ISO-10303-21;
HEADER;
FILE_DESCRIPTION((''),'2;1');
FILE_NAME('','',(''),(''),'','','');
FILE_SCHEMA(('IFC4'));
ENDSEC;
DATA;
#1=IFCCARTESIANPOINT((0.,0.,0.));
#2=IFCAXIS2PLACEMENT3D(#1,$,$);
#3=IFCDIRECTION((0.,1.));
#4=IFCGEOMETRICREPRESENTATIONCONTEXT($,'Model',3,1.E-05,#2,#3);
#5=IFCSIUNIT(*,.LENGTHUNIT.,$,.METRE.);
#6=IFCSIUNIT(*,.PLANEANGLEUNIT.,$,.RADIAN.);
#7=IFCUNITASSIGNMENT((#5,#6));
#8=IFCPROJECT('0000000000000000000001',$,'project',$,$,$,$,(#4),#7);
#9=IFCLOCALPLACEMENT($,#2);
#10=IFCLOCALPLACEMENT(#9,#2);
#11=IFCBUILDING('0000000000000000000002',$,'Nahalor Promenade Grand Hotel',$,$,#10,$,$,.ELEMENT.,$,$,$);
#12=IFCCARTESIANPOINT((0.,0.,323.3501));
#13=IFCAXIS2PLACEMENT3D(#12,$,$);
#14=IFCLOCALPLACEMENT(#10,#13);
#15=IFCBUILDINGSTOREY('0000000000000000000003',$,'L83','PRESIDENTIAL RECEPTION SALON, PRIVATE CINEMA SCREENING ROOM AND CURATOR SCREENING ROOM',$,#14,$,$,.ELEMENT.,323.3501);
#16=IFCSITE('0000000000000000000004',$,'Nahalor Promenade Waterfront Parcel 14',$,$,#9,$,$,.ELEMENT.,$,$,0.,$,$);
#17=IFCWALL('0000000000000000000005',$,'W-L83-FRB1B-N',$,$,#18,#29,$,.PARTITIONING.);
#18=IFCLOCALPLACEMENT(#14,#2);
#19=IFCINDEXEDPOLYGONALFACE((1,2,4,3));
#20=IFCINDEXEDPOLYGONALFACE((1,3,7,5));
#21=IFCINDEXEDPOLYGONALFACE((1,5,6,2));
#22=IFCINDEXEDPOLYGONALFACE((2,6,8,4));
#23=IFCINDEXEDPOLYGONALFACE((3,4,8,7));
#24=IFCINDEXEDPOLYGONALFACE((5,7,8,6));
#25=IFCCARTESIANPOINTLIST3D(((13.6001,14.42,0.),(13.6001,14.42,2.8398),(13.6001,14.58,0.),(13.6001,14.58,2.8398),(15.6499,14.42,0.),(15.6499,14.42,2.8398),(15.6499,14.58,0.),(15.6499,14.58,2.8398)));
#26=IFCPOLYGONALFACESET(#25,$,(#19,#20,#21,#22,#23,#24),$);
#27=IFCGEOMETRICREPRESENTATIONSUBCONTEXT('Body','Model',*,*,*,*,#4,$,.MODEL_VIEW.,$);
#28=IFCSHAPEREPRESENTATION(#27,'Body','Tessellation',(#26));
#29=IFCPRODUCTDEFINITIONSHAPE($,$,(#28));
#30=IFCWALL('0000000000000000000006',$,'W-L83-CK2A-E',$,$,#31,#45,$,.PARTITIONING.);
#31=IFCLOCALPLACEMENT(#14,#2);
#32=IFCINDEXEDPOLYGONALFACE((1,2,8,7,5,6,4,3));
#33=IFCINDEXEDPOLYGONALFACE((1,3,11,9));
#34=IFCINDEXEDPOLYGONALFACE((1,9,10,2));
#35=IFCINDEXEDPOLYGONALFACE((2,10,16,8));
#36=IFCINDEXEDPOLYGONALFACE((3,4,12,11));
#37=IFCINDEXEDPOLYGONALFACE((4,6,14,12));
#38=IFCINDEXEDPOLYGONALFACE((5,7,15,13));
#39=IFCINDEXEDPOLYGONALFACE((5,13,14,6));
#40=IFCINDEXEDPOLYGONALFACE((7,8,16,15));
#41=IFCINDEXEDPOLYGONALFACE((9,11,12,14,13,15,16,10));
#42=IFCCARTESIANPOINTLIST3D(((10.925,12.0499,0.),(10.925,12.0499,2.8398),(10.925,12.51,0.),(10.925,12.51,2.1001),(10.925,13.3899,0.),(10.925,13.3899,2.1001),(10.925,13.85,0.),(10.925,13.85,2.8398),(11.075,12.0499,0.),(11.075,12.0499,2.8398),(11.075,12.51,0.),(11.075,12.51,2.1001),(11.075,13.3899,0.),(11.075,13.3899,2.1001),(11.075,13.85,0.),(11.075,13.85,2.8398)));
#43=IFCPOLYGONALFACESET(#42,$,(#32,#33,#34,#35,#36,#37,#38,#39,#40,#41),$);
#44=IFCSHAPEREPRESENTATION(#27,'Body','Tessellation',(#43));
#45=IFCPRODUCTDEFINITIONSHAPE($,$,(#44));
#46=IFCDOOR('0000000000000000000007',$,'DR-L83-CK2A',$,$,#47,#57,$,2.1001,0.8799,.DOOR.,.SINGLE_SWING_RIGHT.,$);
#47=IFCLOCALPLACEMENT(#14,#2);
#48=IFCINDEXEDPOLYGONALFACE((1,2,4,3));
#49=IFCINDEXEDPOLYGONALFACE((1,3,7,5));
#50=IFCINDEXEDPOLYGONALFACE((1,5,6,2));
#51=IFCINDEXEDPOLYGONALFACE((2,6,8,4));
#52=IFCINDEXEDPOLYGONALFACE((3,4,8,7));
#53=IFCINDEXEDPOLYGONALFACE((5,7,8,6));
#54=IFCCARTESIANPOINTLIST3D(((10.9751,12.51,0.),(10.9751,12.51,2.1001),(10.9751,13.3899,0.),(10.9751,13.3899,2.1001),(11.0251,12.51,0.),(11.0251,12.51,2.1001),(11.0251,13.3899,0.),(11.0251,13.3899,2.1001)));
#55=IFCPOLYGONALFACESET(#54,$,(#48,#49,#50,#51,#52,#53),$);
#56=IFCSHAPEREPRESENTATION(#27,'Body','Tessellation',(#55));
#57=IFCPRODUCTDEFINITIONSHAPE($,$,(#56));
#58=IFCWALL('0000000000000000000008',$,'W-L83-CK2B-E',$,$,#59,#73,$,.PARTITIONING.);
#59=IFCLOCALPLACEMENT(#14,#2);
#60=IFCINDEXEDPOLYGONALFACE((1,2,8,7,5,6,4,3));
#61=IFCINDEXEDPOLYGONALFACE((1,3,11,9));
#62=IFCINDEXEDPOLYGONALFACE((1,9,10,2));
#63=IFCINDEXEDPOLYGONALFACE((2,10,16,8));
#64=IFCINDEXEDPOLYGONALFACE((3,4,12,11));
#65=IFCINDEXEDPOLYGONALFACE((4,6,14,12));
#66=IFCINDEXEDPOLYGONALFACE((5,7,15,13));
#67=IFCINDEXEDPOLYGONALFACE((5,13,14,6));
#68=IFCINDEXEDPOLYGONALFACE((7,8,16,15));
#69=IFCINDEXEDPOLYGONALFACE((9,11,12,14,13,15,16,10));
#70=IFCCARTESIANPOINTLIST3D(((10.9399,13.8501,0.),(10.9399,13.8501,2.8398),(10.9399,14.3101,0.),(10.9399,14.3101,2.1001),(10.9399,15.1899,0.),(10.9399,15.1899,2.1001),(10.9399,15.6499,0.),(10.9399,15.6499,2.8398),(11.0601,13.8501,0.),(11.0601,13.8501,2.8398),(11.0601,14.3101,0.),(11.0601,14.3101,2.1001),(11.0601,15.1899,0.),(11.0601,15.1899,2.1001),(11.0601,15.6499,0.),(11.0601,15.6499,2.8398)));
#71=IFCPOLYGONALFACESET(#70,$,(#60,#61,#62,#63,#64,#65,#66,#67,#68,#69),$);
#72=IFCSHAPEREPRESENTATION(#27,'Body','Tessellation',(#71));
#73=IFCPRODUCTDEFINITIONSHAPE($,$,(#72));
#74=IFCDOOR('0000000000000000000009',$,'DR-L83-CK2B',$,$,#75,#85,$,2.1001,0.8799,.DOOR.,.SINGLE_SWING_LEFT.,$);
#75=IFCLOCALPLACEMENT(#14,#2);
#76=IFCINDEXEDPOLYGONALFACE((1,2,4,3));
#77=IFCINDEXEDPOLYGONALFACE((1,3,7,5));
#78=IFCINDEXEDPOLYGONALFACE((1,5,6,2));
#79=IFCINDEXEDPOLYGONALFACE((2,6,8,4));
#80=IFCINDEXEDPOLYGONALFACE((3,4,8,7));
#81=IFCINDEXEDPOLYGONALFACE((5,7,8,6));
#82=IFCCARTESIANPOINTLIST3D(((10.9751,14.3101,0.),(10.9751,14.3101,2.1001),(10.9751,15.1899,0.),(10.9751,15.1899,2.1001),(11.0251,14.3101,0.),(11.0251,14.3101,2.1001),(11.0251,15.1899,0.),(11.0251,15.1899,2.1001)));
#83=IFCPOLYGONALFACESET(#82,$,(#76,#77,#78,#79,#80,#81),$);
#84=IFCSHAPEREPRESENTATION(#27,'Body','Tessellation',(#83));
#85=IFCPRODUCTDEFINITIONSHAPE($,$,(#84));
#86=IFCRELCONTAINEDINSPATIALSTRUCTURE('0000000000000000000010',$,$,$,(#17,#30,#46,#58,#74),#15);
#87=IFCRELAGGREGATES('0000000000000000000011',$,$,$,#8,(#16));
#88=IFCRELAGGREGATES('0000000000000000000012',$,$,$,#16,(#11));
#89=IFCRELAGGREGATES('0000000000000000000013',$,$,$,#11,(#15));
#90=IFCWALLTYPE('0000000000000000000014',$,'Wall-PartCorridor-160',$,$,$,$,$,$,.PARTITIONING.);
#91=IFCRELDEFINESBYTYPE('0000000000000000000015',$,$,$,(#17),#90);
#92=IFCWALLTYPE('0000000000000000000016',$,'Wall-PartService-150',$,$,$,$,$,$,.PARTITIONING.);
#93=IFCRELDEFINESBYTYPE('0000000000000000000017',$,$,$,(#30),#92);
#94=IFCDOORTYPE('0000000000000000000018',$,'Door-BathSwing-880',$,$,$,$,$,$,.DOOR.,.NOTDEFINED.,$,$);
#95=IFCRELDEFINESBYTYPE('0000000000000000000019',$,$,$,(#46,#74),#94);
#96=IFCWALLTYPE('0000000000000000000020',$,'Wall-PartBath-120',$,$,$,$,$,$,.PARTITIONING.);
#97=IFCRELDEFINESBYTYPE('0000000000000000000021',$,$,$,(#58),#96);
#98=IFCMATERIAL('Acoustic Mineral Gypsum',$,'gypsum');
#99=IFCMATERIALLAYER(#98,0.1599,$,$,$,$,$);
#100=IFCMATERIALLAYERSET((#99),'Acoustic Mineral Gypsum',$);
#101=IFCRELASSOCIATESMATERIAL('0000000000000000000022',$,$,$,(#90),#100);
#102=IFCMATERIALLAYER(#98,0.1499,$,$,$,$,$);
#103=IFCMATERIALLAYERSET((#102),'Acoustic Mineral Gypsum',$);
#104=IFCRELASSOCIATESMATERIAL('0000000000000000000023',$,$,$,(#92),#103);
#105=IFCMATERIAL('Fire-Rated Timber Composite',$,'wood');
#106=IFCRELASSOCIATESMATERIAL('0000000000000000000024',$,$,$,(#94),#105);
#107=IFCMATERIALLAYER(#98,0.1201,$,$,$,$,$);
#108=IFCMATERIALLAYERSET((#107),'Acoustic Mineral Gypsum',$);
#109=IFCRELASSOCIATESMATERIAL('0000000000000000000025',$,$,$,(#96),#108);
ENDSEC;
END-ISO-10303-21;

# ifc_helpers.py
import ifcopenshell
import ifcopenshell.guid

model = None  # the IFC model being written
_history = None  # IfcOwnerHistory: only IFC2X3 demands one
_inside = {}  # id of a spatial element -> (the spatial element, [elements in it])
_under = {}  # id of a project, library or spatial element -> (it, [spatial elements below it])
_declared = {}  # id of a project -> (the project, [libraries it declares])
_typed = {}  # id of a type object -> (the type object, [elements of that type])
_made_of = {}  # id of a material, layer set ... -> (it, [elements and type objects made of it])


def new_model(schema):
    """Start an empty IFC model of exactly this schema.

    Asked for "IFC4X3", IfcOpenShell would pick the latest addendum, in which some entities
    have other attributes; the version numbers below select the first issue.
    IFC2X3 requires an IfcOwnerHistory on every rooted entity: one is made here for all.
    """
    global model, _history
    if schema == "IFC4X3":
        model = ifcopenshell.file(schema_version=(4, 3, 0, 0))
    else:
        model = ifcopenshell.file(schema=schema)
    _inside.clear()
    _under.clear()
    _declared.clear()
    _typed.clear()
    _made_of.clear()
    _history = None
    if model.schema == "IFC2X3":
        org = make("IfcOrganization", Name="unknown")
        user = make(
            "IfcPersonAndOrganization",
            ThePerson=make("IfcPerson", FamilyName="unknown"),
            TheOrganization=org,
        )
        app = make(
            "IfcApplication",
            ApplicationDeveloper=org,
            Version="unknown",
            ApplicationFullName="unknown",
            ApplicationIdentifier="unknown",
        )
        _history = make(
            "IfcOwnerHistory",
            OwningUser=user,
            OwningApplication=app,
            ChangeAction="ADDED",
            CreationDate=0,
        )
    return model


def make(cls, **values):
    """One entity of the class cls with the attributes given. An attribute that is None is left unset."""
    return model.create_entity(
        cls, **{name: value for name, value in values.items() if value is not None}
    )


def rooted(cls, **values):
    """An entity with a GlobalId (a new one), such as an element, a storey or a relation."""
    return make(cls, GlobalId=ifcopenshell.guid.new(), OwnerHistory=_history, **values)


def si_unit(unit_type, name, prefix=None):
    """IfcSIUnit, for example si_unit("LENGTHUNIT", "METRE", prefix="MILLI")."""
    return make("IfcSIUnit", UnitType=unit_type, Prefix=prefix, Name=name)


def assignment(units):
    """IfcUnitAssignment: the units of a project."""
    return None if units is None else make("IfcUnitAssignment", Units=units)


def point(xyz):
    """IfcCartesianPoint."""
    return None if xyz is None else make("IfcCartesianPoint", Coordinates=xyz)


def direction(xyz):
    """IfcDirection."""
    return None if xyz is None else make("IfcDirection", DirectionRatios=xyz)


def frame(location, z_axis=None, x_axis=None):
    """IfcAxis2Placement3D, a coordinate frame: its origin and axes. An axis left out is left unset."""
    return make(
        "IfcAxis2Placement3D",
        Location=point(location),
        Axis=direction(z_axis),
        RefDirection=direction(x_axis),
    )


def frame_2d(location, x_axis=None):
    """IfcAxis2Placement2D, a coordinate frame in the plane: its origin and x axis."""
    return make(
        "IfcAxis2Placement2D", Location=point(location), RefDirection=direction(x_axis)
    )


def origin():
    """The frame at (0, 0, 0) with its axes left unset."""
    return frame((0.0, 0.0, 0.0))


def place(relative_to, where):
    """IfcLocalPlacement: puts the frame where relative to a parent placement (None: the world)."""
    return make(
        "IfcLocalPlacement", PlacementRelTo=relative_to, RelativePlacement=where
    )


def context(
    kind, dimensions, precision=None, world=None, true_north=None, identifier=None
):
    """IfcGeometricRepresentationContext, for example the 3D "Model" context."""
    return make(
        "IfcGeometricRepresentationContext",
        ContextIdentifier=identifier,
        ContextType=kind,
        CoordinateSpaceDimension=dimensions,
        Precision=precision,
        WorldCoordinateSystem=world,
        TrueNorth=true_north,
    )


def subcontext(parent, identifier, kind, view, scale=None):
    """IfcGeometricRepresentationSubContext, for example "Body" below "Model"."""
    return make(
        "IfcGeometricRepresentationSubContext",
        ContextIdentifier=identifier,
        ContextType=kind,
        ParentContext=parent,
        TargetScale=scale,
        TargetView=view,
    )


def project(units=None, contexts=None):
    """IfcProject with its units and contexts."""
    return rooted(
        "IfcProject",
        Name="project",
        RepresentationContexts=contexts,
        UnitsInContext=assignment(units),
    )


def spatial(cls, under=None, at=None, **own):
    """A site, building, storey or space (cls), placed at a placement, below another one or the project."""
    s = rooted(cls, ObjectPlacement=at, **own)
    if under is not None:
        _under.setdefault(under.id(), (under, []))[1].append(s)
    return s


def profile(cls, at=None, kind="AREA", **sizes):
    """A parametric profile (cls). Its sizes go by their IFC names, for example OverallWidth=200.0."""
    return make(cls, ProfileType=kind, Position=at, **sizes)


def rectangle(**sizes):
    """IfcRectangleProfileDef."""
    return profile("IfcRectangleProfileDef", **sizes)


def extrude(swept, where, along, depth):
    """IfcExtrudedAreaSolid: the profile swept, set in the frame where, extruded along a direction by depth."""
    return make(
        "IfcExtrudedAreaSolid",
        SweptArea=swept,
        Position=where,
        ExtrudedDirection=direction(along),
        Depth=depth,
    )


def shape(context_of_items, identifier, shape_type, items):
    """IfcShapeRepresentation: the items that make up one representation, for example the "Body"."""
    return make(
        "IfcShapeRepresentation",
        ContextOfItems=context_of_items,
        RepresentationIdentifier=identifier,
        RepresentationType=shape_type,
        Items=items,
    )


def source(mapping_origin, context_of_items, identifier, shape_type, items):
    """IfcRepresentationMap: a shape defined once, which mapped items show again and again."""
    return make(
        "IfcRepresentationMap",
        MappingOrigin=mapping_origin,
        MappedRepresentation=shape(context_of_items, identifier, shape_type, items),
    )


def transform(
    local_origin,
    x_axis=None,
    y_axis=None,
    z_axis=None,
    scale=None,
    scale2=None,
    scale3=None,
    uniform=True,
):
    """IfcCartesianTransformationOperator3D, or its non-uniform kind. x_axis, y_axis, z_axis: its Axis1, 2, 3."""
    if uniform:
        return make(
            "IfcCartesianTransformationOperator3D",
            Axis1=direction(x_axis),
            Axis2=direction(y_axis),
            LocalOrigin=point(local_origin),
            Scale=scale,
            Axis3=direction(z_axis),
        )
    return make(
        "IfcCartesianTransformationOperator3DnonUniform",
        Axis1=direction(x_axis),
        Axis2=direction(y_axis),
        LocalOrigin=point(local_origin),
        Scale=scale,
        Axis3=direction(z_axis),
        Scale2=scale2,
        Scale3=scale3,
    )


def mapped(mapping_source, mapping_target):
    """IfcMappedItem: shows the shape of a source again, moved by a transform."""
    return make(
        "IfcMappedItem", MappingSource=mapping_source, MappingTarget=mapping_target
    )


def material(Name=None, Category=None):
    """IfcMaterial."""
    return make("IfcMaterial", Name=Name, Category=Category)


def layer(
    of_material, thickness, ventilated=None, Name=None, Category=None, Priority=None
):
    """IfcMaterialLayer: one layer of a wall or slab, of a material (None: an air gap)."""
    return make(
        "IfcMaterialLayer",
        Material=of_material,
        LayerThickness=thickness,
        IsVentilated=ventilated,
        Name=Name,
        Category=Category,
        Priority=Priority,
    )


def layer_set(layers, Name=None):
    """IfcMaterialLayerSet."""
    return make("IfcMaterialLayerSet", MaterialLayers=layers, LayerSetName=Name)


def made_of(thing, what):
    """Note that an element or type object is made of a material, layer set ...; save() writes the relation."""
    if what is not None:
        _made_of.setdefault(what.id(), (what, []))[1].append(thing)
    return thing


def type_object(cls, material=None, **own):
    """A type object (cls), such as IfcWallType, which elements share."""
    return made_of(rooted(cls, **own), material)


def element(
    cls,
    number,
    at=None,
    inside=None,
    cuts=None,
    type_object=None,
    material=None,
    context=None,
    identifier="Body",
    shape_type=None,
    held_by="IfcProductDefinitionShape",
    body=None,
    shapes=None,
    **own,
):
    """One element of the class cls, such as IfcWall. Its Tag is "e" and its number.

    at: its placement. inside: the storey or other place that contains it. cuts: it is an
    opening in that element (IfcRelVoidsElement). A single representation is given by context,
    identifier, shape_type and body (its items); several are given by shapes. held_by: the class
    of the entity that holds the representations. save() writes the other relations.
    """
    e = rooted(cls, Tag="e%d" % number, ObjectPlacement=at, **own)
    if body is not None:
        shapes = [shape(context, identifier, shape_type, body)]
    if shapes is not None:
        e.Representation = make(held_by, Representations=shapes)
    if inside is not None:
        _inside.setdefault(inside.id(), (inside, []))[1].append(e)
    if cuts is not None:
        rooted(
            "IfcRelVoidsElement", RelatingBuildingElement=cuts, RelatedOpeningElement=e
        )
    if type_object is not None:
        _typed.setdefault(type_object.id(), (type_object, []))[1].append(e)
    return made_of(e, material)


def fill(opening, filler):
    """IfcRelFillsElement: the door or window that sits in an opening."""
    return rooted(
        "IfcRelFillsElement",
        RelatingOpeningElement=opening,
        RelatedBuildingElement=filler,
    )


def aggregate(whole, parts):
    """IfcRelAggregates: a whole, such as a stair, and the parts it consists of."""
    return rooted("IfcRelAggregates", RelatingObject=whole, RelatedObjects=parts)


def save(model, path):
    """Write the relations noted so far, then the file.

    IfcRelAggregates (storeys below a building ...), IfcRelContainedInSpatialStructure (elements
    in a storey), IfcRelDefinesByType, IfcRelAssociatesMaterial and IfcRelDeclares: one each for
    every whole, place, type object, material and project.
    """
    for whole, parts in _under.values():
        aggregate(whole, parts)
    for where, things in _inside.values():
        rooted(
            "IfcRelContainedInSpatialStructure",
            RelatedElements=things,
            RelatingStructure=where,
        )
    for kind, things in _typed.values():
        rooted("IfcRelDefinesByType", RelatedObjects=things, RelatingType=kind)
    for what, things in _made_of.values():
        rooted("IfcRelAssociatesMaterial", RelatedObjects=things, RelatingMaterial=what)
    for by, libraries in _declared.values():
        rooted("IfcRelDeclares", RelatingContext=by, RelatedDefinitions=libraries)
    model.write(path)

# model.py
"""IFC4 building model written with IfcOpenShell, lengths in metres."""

from ifc_helpers import new_model, si_unit, direction, frame, frame_2d, origin, place, context, subcontext, project, spatial, rectangle, extrude, source, transform, mapped, material, layer, layer_set, type_object, element, fill, save


model = new_model("IFC4")

# Units and contexts
model_context = context("Model", 3, precision=1e-05, world=origin(), true_north=direction((0.0, 1.0)))
body_context = subcontext(model_context, "Body", "Model", "MODEL_VIEW")
ifc_project = project(units=[si_unit("LENGTHUNIT", "METRE"), si_unit("PLANEANGLEUNIT", "RADIAN")], contexts=[model_context])

# Site, building, storey
site_placement = place(None, origin())
site = spatial("IfcSite", under=ifc_project, at=site_placement, Name="Nahalor Promenade Waterfront Parcel 14", CompositionType="ELEMENT", RefElevation=0.0)
building_placement = place(site_placement, origin())
building = spatial("IfcBuilding", under=site, at=building_placement, Name="Nahalor Promenade Grand Hotel", CompositionType="ELEMENT")
storey_placement = place(building_placement, frame((0.0, 0.0, 323.3501)))
storey = spatial("IfcBuildingStorey", under=building, at=storey_placement, Name="L83", Description="PRESIDENTIAL RECEPTION SALON, PRIVATE CINEMA SCREENING ROOM AND CURATOR SCREENING ROOM", CompositionType="ELEMENT", Elevation=323.3501)

# Wall
ifc_material_1 = material(Name="Acoustic Mineral Gypsum", Category="gypsum")
ifc_layer_1 = layer(ifc_material_1, 0.1599)
ifc_layer_set_1 = layer_set([ifc_layer_1], Name="Acoustic Mineral Gypsum")
wall_type_1 = type_object("IfcWallType", Name="Wall-PartCorridor-160", PredefinedType="PARTITIONING", material=ifc_layer_set_1)
shared_shape_1 = source(origin(), body_context, "Body", "SweptSolid", [
    extrude(rectangle(XDim=2.0498, YDim=0.1599, at=frame_2d((1.0249, 0.0))), origin(), (0.0, 0.0, 1.0), 2.8398),
])
wall_1_placement = place(storey_placement, frame((13.6001, 14.5, 0.0), z_axis=(0.0, 0.0, 1.0), x_axis=(1.0, 0.0, 0.0)))
element("IfcWall", 1, at=wall_1_placement, inside=storey, type_object=wall_type_1, Name="W-L83-FRB1B-N", PredefinedType="PARTITIONING", context=body_context, shape_type="MappedRepresentation", body=[
    mapped(shared_shape_1, transform((0.0, 0.0, 0.0), scale=1.0)),
])

# Walls, openings, doors
ifc_layer_2 = layer(ifc_material_1, 0.1499)
ifc_layer_set_2 = layer_set([ifc_layer_2], Name="Acoustic Mineral Gypsum")
wall_type_2 = type_object("IfcWallType", Name="Wall-PartService-150", PredefinedType="PARTITIONING", material=ifc_layer_set_2)
shared_shape_2 = source(origin(), body_context, "Body", "SweptSolid", [
    extrude(rectangle(XDim=1.8, YDim=0.1499, at=frame_2d((0.8999, 0.0))), origin(), (0.0, 0.0, 1.0), 2.8398),
])
wall_2_placement = place(storey_placement, frame((11.0, 12.05, 0.0), z_axis=(0.0, 0.0, 1.0), x_axis=(0.0, 1.0, 0.0)))
wall_2 = element("IfcWall", 2, at=wall_2_placement, inside=storey, type_object=wall_type_2, Name="W-L83-CK2A-E", PredefinedType="PARTITIONING", context=body_context, shape_type="MappedRepresentation", body=[
    mapped(shared_shape_2, transform((0.0, 0.0, 0.0), scale=1.0)),
])
opening_1_placement = place(wall_2_placement, frame((0.46, 0.0, 0.0)))
opening_1 = element("IfcOpeningElement", 3, at=opening_1_placement, cuts=wall_2, PredefinedType="OPENING", context=body_context, shape_type="SweptSolid", body=[
    extrude(rectangle(XDim=0.8799, YDim=2.1001, at=frame_2d((0.4399, 1.05))), frame((0.0, 0.085, 0.0), z_axis=(0.0, -1.0, 0.0), x_axis=(1.0, 0.0, 0.0)), (0.0, 0.0, 1.0), 0.1699),
])
ifc_material_2 = material(Name="Fire-Rated Timber Composite", Category="wood")
door_type_1 = type_object("IfcDoorType", Name="Door-BathSwing-880", OperationType="NOTDEFINED", PredefinedType="DOOR", material=ifc_material_2)
shared_shape_3 = source(origin(), body_context, "Body", "SweptSolid", [
    extrude(rectangle(XDim=0.8799, YDim=2.1001, at=frame_2d((0.4399, 1.05))), frame((0.0, 0.0249, 0.0), z_axis=(0.0, -1.0, 0.0), x_axis=(1.0, 0.0, 0.0)), (0.0, 0.0, 1.0), 0.05),
])
door_1_placement = place(opening_1_placement, origin())
door_1 = element("IfcDoor", 4, at=door_1_placement, inside=storey, type_object=door_type_1, Name="DR-L83-CK2A", OperationType="SINGLE_SWING_RIGHT", OverallHeight=2.1001, OverallWidth=0.8799, PredefinedType="DOOR", context=body_context, shape_type="MappedRepresentation", body=[
    mapped(shared_shape_3, transform((0.0, 0.0, 0.0), scale=1.0)),
])
fill(opening_1, door_1)
ifc_layer_3 = layer(ifc_material_1, 0.1201)
ifc_layer_set_3 = layer_set([ifc_layer_3], Name="Acoustic Mineral Gypsum")
wall_type_3 = type_object("IfcWallType", Name="Wall-PartBath-120", PredefinedType="PARTITIONING", material=ifc_layer_set_3)
shared_shape_4 = source(origin(), body_context, "Body", "SweptSolid", [
    extrude(rectangle(XDim=1.7998, YDim=0.1201, at=frame_2d((0.8999, 0.0))), origin(), (0.0, 0.0, 1.0), 2.8398),
])
wall_3_placement = place(storey_placement, frame((11.0, 13.8501, 0.0), z_axis=(0.0, 0.0, 1.0), x_axis=(0.0, 1.0, 0.0)))
wall_3 = element("IfcWall", 5, at=wall_3_placement, inside=storey, type_object=wall_type_3, Name="W-L83-CK2B-E", PredefinedType="PARTITIONING", context=body_context, shape_type="MappedRepresentation", body=[
    mapped(shared_shape_4, transform((0.0, 0.0, 0.0), scale=1.0)),
])
opening_2_placement = place(wall_3_placement, frame((0.46, 0.0, 0.0)))
opening_2 = element("IfcOpeningElement", 6, at=opening_2_placement, cuts=wall_3, PredefinedType="OPENING", context=body_context, shape_type="SweptSolid", body=[
    extrude(rectangle(XDim=0.8799, YDim=2.1001, at=frame_2d((0.4399, 1.05))), frame((0.0, 0.0701, 0.0), z_axis=(0.0, -1.0, 0.0), x_axis=(1.0, 0.0, 0.0)), (0.0, 0.0, 1.0), 0.1401),
])
door_2_placement = place(opening_2_placement, origin())
door_2 = element("IfcDoor", 7, at=door_2_placement, inside=storey, type_object=door_type_1, Name="DR-L83-CK2B", OperationType="SINGLE_SWING_LEFT", OverallHeight=2.1001, OverallWidth=0.8799, PredefinedType="DOOR", context=body_context, shape_type="MappedRepresentation", body=[
    mapped(shared_shape_3, transform((0.0, 0.0, 0.0), scale=1.0)),
])
fill(opening_2, door_2)

save(model, "model.ifc")
